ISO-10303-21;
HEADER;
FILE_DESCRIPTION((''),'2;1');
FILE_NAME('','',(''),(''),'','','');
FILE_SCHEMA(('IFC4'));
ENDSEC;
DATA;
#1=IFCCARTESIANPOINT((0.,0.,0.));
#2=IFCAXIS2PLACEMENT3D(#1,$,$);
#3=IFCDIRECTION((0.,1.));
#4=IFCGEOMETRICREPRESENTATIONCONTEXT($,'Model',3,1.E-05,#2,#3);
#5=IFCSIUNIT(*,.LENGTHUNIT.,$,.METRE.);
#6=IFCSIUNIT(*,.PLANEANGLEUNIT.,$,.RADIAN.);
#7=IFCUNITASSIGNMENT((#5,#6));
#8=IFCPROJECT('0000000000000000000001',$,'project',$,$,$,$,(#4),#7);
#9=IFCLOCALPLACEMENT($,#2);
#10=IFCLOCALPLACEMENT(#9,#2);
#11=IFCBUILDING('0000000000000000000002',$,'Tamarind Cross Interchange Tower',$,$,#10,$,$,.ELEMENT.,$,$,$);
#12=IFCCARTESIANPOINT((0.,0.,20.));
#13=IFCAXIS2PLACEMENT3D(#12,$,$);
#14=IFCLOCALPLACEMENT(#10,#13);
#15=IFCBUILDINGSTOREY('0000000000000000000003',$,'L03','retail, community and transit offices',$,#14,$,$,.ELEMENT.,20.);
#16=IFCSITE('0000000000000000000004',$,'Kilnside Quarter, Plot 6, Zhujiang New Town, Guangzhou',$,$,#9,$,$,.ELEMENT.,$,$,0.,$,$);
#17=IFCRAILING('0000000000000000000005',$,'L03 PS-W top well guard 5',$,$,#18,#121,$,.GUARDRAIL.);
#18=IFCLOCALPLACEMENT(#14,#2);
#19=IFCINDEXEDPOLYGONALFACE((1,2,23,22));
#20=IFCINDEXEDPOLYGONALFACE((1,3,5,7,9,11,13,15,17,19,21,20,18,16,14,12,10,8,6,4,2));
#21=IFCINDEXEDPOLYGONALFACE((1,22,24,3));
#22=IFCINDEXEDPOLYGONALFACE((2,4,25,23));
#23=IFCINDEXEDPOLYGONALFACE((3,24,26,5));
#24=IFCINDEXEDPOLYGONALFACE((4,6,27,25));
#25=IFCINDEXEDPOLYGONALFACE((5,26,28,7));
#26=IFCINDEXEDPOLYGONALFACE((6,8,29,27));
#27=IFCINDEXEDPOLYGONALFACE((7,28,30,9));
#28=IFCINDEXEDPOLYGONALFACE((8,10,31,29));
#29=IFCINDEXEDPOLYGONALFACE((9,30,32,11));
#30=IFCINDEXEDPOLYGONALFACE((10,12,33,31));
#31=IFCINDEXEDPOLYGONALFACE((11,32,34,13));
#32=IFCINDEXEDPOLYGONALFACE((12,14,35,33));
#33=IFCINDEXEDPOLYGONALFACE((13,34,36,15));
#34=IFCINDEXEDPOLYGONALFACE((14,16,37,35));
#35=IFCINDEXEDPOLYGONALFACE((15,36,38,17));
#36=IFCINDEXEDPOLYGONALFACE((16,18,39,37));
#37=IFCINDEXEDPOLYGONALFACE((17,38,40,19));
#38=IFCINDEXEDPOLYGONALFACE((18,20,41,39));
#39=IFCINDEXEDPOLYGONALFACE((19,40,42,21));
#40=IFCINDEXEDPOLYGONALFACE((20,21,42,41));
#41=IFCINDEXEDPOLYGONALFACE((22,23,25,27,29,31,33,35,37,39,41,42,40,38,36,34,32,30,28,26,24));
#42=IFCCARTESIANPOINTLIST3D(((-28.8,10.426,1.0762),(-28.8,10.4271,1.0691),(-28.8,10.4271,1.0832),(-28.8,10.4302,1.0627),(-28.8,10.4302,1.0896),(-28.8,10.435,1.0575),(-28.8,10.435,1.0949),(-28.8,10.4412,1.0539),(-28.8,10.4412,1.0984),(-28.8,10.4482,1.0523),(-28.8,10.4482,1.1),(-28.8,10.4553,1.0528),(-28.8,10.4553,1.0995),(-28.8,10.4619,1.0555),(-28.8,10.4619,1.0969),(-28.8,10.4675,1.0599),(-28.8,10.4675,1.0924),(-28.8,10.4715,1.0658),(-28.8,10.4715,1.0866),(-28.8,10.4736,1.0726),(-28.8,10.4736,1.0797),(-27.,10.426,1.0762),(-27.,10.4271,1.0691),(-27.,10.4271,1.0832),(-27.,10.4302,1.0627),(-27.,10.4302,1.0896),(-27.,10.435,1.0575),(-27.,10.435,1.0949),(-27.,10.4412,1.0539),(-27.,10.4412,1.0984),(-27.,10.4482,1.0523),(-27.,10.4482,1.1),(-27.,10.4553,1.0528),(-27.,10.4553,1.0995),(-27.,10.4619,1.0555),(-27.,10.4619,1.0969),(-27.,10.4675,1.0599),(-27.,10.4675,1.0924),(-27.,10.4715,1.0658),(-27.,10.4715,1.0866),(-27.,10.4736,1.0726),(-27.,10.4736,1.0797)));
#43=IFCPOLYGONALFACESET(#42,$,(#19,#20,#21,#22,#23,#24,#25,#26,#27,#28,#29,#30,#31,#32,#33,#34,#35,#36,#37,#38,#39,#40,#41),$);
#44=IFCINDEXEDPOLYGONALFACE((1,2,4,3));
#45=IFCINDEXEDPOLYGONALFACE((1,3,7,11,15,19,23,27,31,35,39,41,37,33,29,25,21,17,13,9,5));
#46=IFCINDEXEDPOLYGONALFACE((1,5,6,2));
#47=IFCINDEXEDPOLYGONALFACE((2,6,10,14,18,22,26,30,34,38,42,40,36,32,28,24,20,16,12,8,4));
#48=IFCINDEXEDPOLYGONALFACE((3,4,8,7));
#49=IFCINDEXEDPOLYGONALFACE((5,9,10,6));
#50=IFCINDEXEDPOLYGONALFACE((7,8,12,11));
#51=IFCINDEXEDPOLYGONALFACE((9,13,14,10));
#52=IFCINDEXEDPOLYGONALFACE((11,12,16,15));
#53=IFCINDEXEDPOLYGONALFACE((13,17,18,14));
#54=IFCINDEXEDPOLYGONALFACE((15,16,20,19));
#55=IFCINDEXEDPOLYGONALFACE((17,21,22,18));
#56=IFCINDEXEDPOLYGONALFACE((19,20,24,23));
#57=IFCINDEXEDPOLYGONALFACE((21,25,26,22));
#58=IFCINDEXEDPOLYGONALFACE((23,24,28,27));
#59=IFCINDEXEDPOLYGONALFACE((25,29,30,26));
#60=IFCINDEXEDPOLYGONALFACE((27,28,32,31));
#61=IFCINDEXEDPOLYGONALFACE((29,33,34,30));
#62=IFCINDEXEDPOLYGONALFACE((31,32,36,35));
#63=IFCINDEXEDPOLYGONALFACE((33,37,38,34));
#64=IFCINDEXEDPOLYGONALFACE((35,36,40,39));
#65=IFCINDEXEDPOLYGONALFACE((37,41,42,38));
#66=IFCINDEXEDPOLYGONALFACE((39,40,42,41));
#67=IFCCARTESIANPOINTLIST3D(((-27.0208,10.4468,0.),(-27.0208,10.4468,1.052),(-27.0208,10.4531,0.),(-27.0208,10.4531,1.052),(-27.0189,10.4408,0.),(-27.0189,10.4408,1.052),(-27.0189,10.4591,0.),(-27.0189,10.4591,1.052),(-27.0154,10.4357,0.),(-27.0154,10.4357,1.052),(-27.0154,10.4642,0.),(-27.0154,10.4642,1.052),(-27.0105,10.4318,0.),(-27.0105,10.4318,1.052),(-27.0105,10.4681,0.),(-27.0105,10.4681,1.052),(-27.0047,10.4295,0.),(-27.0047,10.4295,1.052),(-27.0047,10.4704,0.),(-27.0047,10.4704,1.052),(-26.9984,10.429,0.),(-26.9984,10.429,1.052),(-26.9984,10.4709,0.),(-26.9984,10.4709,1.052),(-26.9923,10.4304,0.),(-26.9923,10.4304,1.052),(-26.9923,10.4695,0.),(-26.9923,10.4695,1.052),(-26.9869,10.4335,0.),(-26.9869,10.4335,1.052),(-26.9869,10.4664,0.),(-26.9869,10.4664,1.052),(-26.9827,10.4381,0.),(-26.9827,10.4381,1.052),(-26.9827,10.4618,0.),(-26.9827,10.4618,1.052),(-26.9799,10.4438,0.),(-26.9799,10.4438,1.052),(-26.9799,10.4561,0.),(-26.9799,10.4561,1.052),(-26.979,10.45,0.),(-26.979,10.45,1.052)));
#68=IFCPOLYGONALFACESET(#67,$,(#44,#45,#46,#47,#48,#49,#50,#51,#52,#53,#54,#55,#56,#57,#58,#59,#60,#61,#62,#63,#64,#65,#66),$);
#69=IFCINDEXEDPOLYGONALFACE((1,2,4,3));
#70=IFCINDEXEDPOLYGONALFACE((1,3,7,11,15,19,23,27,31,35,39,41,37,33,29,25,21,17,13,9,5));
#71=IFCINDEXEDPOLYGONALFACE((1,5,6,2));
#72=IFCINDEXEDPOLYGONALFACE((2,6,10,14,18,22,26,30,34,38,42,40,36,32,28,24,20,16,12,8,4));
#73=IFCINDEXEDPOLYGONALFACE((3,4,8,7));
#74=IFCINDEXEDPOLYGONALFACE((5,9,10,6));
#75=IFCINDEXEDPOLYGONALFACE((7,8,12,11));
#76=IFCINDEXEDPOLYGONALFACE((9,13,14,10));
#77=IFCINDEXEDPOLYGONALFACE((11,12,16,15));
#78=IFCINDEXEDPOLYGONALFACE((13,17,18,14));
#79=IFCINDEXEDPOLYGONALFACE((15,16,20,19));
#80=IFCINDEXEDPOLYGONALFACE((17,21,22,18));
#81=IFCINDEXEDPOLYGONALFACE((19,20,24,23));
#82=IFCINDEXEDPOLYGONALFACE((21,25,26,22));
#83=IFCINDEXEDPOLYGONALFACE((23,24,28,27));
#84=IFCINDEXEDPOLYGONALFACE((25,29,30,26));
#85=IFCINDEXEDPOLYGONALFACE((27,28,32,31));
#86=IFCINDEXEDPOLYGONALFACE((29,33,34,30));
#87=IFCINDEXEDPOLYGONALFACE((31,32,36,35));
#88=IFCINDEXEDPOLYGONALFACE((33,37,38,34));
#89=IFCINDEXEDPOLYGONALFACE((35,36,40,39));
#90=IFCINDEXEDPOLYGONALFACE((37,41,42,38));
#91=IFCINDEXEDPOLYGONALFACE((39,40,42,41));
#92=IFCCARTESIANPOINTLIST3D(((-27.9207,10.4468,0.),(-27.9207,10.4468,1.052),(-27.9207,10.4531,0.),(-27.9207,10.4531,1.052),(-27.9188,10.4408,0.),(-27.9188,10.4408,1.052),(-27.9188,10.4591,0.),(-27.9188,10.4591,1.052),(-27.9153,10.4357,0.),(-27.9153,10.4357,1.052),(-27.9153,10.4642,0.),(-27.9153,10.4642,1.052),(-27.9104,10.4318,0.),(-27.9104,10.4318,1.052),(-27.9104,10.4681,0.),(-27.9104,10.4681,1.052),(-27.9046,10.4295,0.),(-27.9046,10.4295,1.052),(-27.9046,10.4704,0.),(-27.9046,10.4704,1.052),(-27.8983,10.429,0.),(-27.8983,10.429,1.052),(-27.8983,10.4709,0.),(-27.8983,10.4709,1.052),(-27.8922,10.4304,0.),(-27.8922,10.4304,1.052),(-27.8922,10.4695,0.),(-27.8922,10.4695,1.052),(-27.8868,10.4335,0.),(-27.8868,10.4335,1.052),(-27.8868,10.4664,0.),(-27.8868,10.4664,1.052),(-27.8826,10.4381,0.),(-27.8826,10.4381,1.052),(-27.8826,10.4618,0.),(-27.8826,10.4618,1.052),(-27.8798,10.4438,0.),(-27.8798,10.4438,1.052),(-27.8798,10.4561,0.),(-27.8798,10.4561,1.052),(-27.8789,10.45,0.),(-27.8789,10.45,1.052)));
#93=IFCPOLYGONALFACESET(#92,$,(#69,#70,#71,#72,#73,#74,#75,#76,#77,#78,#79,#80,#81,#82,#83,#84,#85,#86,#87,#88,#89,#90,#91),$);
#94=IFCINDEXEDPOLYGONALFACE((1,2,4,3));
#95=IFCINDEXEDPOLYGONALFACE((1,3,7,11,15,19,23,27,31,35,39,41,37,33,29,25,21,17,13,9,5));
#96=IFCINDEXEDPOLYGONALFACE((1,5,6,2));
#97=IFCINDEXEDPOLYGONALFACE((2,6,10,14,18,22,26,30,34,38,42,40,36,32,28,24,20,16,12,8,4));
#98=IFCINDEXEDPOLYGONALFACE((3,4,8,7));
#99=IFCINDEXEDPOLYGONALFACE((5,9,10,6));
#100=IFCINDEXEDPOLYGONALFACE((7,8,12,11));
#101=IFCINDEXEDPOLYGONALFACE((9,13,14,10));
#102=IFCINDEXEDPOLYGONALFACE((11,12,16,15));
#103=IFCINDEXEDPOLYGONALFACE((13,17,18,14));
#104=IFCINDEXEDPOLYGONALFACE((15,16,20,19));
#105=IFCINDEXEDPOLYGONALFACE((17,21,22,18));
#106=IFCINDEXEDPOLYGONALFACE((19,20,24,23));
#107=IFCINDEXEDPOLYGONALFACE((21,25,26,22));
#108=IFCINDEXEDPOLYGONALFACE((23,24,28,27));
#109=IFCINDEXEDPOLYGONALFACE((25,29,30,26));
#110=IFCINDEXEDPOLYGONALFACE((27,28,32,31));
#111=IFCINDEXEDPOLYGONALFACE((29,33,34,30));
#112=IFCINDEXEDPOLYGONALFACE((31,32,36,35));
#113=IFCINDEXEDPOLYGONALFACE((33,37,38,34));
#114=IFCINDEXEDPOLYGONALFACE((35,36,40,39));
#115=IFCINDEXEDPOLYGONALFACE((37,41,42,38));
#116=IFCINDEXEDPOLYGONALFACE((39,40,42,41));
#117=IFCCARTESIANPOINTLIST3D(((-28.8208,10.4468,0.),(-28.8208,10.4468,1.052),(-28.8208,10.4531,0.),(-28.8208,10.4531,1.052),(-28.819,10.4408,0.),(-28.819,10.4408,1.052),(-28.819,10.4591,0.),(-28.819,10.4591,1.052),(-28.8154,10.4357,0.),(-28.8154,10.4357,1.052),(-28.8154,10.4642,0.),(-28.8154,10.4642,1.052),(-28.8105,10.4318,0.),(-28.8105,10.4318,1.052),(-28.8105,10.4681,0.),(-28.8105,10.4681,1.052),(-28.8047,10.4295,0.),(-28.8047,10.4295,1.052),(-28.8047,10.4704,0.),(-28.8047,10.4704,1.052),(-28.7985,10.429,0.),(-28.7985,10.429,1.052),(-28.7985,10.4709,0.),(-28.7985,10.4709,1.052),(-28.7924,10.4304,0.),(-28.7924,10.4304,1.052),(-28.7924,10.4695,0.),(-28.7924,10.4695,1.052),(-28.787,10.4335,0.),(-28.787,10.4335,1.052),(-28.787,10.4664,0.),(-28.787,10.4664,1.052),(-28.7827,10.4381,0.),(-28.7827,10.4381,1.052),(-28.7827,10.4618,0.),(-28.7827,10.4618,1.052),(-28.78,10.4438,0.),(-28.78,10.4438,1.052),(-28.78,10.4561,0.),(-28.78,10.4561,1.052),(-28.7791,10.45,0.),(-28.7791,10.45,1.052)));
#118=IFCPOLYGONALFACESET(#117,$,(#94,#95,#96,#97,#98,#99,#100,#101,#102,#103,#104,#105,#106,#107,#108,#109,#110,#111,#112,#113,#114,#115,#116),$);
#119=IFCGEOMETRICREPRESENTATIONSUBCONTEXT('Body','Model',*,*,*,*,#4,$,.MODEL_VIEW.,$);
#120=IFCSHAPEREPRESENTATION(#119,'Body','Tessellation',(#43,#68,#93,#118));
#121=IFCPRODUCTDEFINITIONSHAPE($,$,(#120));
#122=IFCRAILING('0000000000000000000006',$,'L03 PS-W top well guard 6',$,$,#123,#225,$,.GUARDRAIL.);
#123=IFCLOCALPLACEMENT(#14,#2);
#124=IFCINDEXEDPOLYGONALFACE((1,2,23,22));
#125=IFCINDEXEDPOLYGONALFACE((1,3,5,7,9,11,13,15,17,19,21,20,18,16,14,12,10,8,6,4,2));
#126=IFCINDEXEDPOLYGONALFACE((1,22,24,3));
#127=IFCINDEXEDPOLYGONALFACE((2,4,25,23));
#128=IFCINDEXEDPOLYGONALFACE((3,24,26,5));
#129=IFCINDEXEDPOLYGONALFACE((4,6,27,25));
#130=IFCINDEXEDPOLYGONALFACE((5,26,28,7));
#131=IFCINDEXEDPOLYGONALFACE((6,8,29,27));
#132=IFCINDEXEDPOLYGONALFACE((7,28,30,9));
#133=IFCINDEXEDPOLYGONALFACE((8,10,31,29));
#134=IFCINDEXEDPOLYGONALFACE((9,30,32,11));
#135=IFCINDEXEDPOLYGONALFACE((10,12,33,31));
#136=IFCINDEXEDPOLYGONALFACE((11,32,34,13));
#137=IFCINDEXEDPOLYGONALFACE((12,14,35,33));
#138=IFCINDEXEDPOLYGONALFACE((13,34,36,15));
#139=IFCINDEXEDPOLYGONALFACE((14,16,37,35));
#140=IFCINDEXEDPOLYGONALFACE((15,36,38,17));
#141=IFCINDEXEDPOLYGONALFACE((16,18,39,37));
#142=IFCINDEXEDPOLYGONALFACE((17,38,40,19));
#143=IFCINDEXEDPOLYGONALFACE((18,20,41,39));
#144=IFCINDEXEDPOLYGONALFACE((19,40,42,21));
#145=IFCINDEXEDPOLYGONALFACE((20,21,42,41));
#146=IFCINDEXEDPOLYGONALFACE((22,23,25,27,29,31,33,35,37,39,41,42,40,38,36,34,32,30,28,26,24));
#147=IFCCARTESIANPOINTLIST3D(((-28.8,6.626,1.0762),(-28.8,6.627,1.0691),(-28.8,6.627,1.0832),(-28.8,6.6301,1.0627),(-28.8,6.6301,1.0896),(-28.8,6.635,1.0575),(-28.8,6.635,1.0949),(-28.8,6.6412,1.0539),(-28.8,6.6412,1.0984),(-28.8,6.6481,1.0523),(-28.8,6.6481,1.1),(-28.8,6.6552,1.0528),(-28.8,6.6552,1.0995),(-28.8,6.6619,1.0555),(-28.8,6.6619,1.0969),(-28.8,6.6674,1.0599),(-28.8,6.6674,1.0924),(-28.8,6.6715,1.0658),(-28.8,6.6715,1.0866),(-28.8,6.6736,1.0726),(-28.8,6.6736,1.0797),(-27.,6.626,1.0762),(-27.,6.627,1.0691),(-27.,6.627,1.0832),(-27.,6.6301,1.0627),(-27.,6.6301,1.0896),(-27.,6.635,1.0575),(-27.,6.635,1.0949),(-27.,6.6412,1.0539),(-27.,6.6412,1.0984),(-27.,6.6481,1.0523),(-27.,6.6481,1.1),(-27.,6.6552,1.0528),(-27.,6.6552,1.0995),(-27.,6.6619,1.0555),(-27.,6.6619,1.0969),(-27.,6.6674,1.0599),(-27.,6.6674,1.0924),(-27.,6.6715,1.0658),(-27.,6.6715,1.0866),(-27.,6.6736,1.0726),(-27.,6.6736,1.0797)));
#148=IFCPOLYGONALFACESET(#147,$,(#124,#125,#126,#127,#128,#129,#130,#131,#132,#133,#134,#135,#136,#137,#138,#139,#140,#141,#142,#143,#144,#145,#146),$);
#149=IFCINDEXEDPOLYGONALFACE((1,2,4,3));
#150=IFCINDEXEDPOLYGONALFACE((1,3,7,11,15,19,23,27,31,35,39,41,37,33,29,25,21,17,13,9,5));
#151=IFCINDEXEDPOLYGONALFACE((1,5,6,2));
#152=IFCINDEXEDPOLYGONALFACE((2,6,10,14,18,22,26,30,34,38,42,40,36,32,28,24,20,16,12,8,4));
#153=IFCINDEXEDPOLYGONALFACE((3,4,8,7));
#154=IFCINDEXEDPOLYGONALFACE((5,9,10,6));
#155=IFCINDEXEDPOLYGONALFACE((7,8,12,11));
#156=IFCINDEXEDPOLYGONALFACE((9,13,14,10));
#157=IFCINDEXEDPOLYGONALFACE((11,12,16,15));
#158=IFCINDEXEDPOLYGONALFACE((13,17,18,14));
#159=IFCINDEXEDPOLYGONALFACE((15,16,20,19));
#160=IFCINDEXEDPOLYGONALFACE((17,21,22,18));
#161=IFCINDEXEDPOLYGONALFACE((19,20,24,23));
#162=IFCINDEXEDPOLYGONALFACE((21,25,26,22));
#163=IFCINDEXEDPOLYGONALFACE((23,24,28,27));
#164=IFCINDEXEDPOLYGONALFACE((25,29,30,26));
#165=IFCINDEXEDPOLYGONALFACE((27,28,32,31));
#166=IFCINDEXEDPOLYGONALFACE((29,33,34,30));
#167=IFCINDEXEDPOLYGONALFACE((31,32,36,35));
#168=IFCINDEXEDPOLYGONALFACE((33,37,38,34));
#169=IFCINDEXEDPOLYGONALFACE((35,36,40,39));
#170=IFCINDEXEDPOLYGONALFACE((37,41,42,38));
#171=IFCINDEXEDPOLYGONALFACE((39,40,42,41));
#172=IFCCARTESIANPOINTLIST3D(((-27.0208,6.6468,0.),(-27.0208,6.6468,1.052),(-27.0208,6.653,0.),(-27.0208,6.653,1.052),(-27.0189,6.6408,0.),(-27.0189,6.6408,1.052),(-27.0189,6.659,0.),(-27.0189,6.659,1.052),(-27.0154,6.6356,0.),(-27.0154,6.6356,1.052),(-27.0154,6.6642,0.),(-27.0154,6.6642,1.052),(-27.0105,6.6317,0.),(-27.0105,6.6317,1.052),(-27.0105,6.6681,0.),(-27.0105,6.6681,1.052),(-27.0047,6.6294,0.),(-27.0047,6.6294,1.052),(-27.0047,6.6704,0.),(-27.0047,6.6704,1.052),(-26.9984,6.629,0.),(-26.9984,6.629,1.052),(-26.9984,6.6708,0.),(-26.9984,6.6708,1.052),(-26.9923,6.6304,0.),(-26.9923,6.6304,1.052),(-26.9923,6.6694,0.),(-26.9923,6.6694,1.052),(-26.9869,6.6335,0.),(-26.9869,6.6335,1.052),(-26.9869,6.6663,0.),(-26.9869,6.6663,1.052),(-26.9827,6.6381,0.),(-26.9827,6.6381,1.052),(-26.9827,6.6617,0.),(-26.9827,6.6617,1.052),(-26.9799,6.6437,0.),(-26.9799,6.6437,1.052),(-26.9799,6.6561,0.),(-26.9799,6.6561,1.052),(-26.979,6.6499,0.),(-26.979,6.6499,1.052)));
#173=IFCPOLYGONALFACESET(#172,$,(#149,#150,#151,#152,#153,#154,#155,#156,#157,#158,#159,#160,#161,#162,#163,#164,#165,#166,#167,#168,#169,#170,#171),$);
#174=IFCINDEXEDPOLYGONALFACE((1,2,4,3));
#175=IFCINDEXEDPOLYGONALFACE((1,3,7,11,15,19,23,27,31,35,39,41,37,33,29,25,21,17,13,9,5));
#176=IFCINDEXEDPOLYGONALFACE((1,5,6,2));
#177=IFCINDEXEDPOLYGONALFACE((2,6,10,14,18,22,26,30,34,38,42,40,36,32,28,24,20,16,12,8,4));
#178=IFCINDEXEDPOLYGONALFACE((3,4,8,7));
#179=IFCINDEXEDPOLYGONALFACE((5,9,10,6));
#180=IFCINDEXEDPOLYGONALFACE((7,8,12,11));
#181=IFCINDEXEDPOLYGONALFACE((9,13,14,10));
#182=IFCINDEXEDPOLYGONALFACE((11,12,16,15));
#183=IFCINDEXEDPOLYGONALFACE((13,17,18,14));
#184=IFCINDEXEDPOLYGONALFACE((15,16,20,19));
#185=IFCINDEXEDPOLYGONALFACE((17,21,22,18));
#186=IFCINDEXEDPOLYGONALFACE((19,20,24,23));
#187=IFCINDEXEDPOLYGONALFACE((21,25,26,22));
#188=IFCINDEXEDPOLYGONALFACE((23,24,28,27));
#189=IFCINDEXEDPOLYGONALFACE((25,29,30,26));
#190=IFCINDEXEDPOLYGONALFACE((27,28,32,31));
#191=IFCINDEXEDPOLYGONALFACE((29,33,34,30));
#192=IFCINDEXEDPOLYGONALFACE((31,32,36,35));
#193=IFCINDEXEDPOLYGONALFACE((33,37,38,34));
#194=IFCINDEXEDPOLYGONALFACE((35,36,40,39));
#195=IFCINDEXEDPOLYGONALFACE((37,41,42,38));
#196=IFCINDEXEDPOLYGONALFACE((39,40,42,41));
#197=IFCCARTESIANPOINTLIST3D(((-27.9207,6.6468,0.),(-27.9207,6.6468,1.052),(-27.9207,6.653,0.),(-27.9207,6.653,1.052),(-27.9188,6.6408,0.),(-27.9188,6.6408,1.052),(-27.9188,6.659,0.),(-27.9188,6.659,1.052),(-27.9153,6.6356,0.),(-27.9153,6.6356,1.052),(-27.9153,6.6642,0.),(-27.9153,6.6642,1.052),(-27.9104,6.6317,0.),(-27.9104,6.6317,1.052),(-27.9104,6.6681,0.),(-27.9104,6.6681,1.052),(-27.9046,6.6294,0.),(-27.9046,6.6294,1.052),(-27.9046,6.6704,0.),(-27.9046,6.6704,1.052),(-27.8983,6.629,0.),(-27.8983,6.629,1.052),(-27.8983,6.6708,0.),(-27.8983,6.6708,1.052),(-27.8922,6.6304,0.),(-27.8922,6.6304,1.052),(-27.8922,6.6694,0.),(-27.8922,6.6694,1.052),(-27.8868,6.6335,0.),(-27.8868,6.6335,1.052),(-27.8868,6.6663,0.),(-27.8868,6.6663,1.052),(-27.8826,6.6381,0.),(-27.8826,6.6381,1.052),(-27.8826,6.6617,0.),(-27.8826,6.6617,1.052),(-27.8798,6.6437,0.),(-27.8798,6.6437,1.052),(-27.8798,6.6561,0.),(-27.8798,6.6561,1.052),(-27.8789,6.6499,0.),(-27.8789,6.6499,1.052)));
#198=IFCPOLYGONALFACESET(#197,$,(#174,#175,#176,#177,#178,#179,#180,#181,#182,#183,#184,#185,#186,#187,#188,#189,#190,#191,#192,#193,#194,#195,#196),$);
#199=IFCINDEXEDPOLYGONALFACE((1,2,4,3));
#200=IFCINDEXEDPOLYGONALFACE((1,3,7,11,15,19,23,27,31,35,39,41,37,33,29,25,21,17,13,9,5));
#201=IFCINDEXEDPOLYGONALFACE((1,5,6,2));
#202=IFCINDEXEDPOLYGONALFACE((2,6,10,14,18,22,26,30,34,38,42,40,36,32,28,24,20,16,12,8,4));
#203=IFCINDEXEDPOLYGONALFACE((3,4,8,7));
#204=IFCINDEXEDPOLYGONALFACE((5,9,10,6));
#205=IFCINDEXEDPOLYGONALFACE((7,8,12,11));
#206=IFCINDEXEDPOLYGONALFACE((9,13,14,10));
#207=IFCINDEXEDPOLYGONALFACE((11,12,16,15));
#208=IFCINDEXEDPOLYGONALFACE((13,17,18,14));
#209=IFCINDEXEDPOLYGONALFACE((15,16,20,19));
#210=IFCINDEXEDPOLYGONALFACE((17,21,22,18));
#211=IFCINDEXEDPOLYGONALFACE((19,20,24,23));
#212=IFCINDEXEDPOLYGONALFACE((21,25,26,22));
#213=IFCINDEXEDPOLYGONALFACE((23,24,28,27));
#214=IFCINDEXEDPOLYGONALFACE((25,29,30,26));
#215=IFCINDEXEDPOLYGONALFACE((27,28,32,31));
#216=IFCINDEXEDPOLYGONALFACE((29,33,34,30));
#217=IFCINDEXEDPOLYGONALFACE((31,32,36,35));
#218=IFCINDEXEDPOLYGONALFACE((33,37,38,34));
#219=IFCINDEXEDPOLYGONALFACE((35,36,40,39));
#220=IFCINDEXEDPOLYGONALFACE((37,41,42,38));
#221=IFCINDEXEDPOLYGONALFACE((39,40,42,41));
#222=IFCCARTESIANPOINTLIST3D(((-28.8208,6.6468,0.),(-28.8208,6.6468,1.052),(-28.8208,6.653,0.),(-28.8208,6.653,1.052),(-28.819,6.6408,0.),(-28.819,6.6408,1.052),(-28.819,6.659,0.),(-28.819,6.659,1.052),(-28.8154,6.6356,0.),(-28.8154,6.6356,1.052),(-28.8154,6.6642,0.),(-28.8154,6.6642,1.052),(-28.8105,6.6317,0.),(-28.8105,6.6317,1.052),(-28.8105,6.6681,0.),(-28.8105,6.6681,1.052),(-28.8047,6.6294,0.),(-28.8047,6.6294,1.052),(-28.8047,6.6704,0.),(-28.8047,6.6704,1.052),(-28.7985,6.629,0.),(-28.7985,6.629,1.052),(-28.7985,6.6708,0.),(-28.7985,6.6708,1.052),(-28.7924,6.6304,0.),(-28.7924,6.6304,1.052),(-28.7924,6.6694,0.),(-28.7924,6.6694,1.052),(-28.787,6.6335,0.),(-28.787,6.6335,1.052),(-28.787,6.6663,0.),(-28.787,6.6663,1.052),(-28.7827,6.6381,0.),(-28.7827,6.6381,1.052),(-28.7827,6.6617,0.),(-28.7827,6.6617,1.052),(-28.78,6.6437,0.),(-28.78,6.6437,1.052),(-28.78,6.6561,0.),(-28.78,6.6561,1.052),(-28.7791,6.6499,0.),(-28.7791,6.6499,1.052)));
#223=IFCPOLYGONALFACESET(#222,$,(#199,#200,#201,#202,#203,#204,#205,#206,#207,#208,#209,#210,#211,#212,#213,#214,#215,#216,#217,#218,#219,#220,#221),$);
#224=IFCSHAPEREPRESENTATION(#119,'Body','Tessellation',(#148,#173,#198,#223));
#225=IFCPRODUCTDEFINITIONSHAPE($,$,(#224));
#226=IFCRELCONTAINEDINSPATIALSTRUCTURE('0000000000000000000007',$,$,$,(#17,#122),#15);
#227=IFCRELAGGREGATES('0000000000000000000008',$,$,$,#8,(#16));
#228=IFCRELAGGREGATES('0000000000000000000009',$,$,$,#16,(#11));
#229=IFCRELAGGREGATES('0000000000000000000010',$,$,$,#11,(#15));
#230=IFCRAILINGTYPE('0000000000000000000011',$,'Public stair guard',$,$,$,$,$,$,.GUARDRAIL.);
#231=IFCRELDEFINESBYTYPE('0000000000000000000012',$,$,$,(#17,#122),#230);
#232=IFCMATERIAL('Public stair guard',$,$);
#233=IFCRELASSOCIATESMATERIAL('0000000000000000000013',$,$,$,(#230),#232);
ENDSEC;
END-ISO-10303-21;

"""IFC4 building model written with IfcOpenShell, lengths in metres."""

from ifc_helpers import new_model, si_unit, direction, frame, origin, origin_2d, place, context, subcontext, project, spatial, circle, extrude, material, type_object, element, save


model = new_model("IFC4")

# Units and contexts
model_context = context("Model", 3, precision=1e-05, world=origin(), true_north=direction((0.0, 1.0)))
body_context = subcontext(model_context, "Body", "Model", "MODEL_VIEW")
ifc_project = project(units=[si_unit("LENGTHUNIT", "METRE"), si_unit("PLANEANGLEUNIT", "RADIAN")], contexts=[model_context])

# Site, building, storey
site_placement = place(None, origin())
site = spatial("IfcSite", under=ifc_project, at=site_placement, Name="Kilnside Quarter, Plot 6, Zhujiang New Town, Guangzhou", CompositionType="ELEMENT", RefElevation=0.0)
building_placement = place(site_placement, origin())
building = spatial("IfcBuilding", under=site, at=building_placement, Name="Tamarind Cross Interchange Tower", CompositionType="ELEMENT")
storey_placement = place(building_placement, frame((0.0, 0.0, 20.0)))
storey = spatial("IfcBuildingStorey", under=building, at=storey_placement, Name="L03", Description="retail, community and transit offices", CompositionType="ELEMENT", Elevation=20.0)

# Railings
ifc_material_1 = material(Name="Public stair guard")
railing_type_1 = type_object("IfcRailingType", Name="Public stair guard", PredefinedType="GUARDRAIL", material=ifc_material_1)
for number, where, name in (
    (1, (-27.0, 10.45, 0.0), "L03 PS-W top well guard 5"),
    (2, (-27.0, 6.6499, 0.0), "L03 PS-W top well guard 6"),
):
    element("IfcRailing", number, at=place(storey_placement, frame(where)), inside=storey, type_object=railing_type_1, Name=name, PredefinedType="GUARDRAIL", context=body_context, shape_type="SweptSolid", body=[
        extrude(circle(Radius=0.0239, at=origin_2d()), frame((0.0, 0.0, 1.0762), z_axis=(-1.0, 0.0, 0.0), x_axis=(0.0, -1.0, 0.0)), (0.0, 0.0, 1.0), 1.8),
        extrude(circle(Radius=0.021, at=origin_2d()), origin(), (0.0, 0.0, 1.0), 1.052),
        extrude(circle(Radius=0.021, at=origin_2d()), frame((-0.8999, 0.0, 0.0)), (0.0, 0.0, 1.0), 1.052),
        extrude(circle(Radius=0.021, at=origin_2d()), frame((-1.8, 0.0, 0.0)), (0.0, 0.0, 1.0), 1.052),
    ])

save(model, "model.ifc")
